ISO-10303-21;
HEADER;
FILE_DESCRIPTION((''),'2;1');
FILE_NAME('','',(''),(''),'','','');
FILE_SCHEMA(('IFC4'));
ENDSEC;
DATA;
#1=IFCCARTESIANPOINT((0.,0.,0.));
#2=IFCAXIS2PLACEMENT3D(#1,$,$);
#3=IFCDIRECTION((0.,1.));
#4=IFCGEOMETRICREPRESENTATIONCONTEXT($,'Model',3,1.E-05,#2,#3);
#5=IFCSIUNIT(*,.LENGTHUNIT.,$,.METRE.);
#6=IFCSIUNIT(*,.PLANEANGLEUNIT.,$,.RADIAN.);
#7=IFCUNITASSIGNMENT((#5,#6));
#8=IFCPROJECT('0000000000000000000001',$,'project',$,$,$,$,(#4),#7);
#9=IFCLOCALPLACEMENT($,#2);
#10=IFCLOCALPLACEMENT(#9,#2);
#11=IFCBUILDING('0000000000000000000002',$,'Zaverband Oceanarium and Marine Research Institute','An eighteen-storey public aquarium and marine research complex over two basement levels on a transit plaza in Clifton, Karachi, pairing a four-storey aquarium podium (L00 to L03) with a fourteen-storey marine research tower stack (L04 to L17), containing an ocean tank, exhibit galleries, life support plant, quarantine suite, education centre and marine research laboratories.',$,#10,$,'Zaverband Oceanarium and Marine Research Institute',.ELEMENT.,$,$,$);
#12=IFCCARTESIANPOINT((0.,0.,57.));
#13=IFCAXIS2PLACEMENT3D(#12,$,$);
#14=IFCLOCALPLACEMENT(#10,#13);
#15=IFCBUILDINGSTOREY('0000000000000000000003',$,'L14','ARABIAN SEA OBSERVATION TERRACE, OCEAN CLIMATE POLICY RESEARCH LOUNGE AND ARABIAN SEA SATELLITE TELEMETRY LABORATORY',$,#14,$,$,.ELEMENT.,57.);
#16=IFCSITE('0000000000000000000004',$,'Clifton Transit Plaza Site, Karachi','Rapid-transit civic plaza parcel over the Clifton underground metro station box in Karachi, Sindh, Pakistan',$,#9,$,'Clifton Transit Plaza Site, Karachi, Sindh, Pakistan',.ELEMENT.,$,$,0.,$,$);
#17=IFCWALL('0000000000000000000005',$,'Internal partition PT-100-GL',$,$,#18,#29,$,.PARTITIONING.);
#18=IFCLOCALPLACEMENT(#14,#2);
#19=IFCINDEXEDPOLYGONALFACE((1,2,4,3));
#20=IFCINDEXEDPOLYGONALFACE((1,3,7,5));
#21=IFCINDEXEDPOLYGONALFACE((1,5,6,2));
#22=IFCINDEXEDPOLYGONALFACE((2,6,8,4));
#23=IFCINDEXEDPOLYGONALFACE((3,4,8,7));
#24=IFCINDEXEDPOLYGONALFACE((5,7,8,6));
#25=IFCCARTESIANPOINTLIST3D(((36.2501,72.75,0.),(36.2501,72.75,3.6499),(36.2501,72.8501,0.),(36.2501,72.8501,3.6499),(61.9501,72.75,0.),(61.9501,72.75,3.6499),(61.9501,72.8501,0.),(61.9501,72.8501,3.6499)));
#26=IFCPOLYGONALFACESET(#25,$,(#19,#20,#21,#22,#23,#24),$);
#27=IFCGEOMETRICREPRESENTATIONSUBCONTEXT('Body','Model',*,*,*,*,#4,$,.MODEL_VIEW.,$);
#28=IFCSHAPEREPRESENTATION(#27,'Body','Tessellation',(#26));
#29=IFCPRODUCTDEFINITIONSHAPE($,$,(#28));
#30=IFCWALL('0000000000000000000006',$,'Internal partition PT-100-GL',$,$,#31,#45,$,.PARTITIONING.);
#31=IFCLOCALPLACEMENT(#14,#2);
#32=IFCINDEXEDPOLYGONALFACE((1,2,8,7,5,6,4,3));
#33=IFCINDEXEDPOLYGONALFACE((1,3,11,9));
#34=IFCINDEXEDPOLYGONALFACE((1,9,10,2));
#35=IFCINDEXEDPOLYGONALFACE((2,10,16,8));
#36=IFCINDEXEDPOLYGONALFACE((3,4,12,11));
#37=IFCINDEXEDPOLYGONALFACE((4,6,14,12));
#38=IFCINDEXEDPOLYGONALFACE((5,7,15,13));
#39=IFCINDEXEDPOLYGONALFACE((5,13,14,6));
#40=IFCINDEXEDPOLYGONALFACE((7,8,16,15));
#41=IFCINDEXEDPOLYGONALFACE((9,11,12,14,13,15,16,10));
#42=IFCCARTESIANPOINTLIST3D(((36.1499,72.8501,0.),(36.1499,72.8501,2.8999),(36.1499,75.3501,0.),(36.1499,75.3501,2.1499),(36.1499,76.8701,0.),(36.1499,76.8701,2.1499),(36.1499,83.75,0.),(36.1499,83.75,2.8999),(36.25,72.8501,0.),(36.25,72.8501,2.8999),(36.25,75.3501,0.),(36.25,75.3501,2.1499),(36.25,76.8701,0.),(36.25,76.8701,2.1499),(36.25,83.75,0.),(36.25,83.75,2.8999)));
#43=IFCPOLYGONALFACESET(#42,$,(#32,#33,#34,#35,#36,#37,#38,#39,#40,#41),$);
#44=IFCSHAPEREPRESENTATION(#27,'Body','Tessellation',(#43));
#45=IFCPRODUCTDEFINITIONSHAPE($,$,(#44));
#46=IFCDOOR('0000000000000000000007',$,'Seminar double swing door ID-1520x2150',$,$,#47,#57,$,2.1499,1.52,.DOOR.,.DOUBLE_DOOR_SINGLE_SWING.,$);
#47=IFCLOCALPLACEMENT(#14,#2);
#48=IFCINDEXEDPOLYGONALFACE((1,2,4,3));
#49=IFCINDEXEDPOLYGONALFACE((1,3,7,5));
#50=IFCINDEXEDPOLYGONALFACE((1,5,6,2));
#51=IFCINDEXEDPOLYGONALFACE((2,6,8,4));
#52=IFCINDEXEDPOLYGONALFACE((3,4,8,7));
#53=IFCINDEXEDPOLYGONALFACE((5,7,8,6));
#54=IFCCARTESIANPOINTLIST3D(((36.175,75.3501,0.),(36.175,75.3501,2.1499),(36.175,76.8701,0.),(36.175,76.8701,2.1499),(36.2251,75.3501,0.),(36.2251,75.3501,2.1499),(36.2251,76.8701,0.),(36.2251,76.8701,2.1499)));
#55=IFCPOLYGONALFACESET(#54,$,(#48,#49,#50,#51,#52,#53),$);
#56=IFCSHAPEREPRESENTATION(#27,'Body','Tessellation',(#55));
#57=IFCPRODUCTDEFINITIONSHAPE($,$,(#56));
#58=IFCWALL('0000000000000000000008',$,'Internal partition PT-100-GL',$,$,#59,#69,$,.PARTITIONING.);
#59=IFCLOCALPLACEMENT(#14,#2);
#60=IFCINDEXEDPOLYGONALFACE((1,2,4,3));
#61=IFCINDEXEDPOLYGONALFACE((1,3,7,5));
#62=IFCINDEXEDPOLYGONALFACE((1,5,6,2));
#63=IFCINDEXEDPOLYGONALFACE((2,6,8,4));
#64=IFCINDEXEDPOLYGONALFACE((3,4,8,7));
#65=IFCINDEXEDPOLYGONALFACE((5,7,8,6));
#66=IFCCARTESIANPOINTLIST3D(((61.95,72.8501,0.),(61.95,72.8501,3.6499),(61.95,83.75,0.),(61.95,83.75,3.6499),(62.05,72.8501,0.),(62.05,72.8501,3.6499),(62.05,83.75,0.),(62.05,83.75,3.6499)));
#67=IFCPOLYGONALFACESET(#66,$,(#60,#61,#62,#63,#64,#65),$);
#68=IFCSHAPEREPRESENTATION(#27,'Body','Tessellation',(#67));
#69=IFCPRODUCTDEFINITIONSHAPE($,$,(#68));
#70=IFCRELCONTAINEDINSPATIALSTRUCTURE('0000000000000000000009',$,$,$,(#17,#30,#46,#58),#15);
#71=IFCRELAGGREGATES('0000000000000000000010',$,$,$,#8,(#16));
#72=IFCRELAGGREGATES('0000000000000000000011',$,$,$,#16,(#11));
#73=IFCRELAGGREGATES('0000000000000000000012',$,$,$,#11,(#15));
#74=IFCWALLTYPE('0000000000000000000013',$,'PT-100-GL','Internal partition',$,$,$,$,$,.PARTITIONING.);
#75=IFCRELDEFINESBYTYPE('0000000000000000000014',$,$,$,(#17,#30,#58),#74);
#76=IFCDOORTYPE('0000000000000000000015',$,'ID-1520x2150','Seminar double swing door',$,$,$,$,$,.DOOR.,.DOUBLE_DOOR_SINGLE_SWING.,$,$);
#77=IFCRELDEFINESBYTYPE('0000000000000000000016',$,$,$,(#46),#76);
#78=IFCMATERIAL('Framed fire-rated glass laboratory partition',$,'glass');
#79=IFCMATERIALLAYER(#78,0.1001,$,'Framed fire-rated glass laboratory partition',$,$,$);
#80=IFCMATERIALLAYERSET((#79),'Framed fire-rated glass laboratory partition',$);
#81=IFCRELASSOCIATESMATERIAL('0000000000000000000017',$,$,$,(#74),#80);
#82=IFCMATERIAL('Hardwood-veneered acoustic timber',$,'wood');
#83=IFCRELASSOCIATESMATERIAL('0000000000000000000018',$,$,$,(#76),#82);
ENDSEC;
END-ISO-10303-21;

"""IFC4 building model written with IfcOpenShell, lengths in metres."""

from ifc_helpers import new_model, si_unit, direction, frame, frame_2d, origin, place, context, subcontext, project, spatial, rectangle, extrude, material, layer, layer_set, type_object, element, fill, save


model = new_model("IFC4")

# Units and contexts
model_context = context("Model", 3, precision=1e-05, world=origin(), true_north=direction((0.0, 1.0)))
body_context = subcontext(model_context, "Body", "Model", "MODEL_VIEW")
ifc_project = project(units=[si_unit("LENGTHUNIT", "METRE"), si_unit("PLANEANGLEUNIT", "RADIAN")], contexts=[model_context])

# Site, building, storey
site_placement = place(None, origin())
site = spatial("IfcSite", under=ifc_project, at=site_placement, Name="Clifton Transit Plaza Site, Karachi", Description="Rapid-transit civic plaza parcel over the Clifton underground metro station box in Karachi, Sindh, Pakistan", LongName="Clifton Transit Plaza Site, Karachi, Sindh, Pakistan", CompositionType="ELEMENT", RefElevation=0.0)
building_placement = place(site_placement, origin())
building = spatial("IfcBuilding", under=site, at=building_placement, Name="Zaverband Oceanarium and Marine Research Institute", Description="An eighteen-storey public aquarium and marine research complex over two basement levels on a transit plaza in Clifton, Karachi, pairing a four-storey aquarium podium (L00 to L03) with a fourteen-storey marine research tower stack (L04 to L17), containing an ocean tank, exhibit galleries, life support plant, quarantine suite, education centre and marine research laboratories.", LongName="Zaverband Oceanarium and Marine Research Institute", CompositionType="ELEMENT")
storey_placement = place(building_placement, frame((0.0, 0.0, 57.0)))
storey = spatial("IfcBuildingStorey", under=building, at=storey_placement, Name="L14", Description="ARABIAN SEA OBSERVATION TERRACE, OCEAN CLIMATE POLICY RESEARCH LOUNGE AND ARABIAN SEA SATELLITE TELEMETRY LABORATORY", CompositionType="ELEMENT", Elevation=57.0)

# Wall
ifc_material_1 = material(Name="Framed fire-rated glass laboratory partition", Category="glass")
ifc_layer_1 = layer(ifc_material_1, 0.1001, Name="Framed fire-rated glass laboratory partition")
ifc_layer_set_1 = layer_set([ifc_layer_1], Name="Framed fire-rated glass laboratory partition")
wall_type_1 = type_object("IfcWallType", Name="PT-100-GL", Description="Internal partition", PredefinedType="PARTITIONING", material=ifc_layer_set_1)
wall_1_placement = place(storey_placement, frame((36.25, 72.8, 0.0), z_axis=(0.0, 0.0, 1.0), x_axis=(1.0, 0.0, 0.0)))
element("IfcWall", 1, at=wall_1_placement, inside=storey, type_object=wall_type_1, Name="Internal partition PT-100-GL", PredefinedType="PARTITIONING", context=body_context, shape_type="SweptSolid", body=[
    extrude(rectangle(XDim=25.7, YDim=0.1001, at=frame_2d((12.8501, 0.0))), origin(), (0.0, 0.0, 1.0), 3.6499),
])

# Wall, opening, door
wall_2_placement = place(storey_placement, frame((36.2, 72.8501, 0.0), z_axis=(0.0, 0.0, 1.0), x_axis=(0.0, 1.0, 0.0)))
wall_2 = element("IfcWall", 2, at=wall_2_placement, inside=storey, type_object=wall_type_1, Name="Internal partition PT-100-GL", PredefinedType="PARTITIONING", context=body_context, shape_type="SweptSolid", body=[
    extrude(rectangle(XDim=10.8999, YDim=0.1001, at=frame_2d((5.45, 0.0))), origin(), (0.0, 0.0, 1.0), 2.8999),
])
opening_1_placement = place(wall_2_placement, frame((2.5, 0.0, 0.0)))
opening_1 = element("IfcOpeningElement", 3, at=opening_1_placement, cuts=wall_2, PredefinedType="OPENING", context=body_context, shape_type="SweptSolid", body=[
    extrude(rectangle(XDim=1.52, YDim=2.1499, at=frame_2d((0.76, 1.075))), frame((0.0, 0.062, 0.0), z_axis=(0.0, -1.0, 0.0), x_axis=(1.0, 0.0, 0.0)), (0.0, 0.0, 1.0), 0.124),
])
ifc_material_2 = material(Name="Hardwood-veneered acoustic timber", Category="wood")
door_type_1 = type_object("IfcDoorType", Name="ID-1520x2150", Description="Seminar double swing door", OperationType="DOUBLE_DOOR_SINGLE_SWING", PredefinedType="DOOR", material=ifc_material_2)
door_1_placement = place(opening_1_placement, origin())
door_1 = element("IfcDoor", 4, at=door_1_placement, inside=storey, type_object=door_type_1, Name="Seminar double swing door ID-1520x2150", OperationType="DOUBLE_DOOR_SINGLE_SWING", OverallHeight=2.1499, OverallWidth=1.52, PredefinedType="DOOR", context=body_context, shape_type="SweptSolid", body=[
    extrude(rectangle(XDim=1.52, YDim=2.1499, at=frame_2d((0.76, 1.075))), frame((0.0, 0.0249, 0.0), z_axis=(0.0, -1.0, 0.0), x_axis=(1.0, 0.0, 0.0)), (0.0, 0.0, 1.0), 0.05),
])
fill(opening_1, door_1)

# Wall
wall_3_placement = place(storey_placement, frame((62.0, 72.8501, 0.0), z_axis=(0.0, 0.0, 1.0), x_axis=(0.0, 1.0, 0.0)))
element("IfcWall", 5, at=wall_3_placement, inside=storey, type_object=wall_type_1, Name="Internal partition PT-100-GL", PredefinedType="PARTITIONING", context=body_context, shape_type="SweptSolid", body=[
    extrude(rectangle(XDim=10.8999, YDim=0.1001, at=frame_2d((5.45, 0.0))), origin(), (0.0, 0.0, 1.0), 3.6499),
])

save(model, "model.ifc")
